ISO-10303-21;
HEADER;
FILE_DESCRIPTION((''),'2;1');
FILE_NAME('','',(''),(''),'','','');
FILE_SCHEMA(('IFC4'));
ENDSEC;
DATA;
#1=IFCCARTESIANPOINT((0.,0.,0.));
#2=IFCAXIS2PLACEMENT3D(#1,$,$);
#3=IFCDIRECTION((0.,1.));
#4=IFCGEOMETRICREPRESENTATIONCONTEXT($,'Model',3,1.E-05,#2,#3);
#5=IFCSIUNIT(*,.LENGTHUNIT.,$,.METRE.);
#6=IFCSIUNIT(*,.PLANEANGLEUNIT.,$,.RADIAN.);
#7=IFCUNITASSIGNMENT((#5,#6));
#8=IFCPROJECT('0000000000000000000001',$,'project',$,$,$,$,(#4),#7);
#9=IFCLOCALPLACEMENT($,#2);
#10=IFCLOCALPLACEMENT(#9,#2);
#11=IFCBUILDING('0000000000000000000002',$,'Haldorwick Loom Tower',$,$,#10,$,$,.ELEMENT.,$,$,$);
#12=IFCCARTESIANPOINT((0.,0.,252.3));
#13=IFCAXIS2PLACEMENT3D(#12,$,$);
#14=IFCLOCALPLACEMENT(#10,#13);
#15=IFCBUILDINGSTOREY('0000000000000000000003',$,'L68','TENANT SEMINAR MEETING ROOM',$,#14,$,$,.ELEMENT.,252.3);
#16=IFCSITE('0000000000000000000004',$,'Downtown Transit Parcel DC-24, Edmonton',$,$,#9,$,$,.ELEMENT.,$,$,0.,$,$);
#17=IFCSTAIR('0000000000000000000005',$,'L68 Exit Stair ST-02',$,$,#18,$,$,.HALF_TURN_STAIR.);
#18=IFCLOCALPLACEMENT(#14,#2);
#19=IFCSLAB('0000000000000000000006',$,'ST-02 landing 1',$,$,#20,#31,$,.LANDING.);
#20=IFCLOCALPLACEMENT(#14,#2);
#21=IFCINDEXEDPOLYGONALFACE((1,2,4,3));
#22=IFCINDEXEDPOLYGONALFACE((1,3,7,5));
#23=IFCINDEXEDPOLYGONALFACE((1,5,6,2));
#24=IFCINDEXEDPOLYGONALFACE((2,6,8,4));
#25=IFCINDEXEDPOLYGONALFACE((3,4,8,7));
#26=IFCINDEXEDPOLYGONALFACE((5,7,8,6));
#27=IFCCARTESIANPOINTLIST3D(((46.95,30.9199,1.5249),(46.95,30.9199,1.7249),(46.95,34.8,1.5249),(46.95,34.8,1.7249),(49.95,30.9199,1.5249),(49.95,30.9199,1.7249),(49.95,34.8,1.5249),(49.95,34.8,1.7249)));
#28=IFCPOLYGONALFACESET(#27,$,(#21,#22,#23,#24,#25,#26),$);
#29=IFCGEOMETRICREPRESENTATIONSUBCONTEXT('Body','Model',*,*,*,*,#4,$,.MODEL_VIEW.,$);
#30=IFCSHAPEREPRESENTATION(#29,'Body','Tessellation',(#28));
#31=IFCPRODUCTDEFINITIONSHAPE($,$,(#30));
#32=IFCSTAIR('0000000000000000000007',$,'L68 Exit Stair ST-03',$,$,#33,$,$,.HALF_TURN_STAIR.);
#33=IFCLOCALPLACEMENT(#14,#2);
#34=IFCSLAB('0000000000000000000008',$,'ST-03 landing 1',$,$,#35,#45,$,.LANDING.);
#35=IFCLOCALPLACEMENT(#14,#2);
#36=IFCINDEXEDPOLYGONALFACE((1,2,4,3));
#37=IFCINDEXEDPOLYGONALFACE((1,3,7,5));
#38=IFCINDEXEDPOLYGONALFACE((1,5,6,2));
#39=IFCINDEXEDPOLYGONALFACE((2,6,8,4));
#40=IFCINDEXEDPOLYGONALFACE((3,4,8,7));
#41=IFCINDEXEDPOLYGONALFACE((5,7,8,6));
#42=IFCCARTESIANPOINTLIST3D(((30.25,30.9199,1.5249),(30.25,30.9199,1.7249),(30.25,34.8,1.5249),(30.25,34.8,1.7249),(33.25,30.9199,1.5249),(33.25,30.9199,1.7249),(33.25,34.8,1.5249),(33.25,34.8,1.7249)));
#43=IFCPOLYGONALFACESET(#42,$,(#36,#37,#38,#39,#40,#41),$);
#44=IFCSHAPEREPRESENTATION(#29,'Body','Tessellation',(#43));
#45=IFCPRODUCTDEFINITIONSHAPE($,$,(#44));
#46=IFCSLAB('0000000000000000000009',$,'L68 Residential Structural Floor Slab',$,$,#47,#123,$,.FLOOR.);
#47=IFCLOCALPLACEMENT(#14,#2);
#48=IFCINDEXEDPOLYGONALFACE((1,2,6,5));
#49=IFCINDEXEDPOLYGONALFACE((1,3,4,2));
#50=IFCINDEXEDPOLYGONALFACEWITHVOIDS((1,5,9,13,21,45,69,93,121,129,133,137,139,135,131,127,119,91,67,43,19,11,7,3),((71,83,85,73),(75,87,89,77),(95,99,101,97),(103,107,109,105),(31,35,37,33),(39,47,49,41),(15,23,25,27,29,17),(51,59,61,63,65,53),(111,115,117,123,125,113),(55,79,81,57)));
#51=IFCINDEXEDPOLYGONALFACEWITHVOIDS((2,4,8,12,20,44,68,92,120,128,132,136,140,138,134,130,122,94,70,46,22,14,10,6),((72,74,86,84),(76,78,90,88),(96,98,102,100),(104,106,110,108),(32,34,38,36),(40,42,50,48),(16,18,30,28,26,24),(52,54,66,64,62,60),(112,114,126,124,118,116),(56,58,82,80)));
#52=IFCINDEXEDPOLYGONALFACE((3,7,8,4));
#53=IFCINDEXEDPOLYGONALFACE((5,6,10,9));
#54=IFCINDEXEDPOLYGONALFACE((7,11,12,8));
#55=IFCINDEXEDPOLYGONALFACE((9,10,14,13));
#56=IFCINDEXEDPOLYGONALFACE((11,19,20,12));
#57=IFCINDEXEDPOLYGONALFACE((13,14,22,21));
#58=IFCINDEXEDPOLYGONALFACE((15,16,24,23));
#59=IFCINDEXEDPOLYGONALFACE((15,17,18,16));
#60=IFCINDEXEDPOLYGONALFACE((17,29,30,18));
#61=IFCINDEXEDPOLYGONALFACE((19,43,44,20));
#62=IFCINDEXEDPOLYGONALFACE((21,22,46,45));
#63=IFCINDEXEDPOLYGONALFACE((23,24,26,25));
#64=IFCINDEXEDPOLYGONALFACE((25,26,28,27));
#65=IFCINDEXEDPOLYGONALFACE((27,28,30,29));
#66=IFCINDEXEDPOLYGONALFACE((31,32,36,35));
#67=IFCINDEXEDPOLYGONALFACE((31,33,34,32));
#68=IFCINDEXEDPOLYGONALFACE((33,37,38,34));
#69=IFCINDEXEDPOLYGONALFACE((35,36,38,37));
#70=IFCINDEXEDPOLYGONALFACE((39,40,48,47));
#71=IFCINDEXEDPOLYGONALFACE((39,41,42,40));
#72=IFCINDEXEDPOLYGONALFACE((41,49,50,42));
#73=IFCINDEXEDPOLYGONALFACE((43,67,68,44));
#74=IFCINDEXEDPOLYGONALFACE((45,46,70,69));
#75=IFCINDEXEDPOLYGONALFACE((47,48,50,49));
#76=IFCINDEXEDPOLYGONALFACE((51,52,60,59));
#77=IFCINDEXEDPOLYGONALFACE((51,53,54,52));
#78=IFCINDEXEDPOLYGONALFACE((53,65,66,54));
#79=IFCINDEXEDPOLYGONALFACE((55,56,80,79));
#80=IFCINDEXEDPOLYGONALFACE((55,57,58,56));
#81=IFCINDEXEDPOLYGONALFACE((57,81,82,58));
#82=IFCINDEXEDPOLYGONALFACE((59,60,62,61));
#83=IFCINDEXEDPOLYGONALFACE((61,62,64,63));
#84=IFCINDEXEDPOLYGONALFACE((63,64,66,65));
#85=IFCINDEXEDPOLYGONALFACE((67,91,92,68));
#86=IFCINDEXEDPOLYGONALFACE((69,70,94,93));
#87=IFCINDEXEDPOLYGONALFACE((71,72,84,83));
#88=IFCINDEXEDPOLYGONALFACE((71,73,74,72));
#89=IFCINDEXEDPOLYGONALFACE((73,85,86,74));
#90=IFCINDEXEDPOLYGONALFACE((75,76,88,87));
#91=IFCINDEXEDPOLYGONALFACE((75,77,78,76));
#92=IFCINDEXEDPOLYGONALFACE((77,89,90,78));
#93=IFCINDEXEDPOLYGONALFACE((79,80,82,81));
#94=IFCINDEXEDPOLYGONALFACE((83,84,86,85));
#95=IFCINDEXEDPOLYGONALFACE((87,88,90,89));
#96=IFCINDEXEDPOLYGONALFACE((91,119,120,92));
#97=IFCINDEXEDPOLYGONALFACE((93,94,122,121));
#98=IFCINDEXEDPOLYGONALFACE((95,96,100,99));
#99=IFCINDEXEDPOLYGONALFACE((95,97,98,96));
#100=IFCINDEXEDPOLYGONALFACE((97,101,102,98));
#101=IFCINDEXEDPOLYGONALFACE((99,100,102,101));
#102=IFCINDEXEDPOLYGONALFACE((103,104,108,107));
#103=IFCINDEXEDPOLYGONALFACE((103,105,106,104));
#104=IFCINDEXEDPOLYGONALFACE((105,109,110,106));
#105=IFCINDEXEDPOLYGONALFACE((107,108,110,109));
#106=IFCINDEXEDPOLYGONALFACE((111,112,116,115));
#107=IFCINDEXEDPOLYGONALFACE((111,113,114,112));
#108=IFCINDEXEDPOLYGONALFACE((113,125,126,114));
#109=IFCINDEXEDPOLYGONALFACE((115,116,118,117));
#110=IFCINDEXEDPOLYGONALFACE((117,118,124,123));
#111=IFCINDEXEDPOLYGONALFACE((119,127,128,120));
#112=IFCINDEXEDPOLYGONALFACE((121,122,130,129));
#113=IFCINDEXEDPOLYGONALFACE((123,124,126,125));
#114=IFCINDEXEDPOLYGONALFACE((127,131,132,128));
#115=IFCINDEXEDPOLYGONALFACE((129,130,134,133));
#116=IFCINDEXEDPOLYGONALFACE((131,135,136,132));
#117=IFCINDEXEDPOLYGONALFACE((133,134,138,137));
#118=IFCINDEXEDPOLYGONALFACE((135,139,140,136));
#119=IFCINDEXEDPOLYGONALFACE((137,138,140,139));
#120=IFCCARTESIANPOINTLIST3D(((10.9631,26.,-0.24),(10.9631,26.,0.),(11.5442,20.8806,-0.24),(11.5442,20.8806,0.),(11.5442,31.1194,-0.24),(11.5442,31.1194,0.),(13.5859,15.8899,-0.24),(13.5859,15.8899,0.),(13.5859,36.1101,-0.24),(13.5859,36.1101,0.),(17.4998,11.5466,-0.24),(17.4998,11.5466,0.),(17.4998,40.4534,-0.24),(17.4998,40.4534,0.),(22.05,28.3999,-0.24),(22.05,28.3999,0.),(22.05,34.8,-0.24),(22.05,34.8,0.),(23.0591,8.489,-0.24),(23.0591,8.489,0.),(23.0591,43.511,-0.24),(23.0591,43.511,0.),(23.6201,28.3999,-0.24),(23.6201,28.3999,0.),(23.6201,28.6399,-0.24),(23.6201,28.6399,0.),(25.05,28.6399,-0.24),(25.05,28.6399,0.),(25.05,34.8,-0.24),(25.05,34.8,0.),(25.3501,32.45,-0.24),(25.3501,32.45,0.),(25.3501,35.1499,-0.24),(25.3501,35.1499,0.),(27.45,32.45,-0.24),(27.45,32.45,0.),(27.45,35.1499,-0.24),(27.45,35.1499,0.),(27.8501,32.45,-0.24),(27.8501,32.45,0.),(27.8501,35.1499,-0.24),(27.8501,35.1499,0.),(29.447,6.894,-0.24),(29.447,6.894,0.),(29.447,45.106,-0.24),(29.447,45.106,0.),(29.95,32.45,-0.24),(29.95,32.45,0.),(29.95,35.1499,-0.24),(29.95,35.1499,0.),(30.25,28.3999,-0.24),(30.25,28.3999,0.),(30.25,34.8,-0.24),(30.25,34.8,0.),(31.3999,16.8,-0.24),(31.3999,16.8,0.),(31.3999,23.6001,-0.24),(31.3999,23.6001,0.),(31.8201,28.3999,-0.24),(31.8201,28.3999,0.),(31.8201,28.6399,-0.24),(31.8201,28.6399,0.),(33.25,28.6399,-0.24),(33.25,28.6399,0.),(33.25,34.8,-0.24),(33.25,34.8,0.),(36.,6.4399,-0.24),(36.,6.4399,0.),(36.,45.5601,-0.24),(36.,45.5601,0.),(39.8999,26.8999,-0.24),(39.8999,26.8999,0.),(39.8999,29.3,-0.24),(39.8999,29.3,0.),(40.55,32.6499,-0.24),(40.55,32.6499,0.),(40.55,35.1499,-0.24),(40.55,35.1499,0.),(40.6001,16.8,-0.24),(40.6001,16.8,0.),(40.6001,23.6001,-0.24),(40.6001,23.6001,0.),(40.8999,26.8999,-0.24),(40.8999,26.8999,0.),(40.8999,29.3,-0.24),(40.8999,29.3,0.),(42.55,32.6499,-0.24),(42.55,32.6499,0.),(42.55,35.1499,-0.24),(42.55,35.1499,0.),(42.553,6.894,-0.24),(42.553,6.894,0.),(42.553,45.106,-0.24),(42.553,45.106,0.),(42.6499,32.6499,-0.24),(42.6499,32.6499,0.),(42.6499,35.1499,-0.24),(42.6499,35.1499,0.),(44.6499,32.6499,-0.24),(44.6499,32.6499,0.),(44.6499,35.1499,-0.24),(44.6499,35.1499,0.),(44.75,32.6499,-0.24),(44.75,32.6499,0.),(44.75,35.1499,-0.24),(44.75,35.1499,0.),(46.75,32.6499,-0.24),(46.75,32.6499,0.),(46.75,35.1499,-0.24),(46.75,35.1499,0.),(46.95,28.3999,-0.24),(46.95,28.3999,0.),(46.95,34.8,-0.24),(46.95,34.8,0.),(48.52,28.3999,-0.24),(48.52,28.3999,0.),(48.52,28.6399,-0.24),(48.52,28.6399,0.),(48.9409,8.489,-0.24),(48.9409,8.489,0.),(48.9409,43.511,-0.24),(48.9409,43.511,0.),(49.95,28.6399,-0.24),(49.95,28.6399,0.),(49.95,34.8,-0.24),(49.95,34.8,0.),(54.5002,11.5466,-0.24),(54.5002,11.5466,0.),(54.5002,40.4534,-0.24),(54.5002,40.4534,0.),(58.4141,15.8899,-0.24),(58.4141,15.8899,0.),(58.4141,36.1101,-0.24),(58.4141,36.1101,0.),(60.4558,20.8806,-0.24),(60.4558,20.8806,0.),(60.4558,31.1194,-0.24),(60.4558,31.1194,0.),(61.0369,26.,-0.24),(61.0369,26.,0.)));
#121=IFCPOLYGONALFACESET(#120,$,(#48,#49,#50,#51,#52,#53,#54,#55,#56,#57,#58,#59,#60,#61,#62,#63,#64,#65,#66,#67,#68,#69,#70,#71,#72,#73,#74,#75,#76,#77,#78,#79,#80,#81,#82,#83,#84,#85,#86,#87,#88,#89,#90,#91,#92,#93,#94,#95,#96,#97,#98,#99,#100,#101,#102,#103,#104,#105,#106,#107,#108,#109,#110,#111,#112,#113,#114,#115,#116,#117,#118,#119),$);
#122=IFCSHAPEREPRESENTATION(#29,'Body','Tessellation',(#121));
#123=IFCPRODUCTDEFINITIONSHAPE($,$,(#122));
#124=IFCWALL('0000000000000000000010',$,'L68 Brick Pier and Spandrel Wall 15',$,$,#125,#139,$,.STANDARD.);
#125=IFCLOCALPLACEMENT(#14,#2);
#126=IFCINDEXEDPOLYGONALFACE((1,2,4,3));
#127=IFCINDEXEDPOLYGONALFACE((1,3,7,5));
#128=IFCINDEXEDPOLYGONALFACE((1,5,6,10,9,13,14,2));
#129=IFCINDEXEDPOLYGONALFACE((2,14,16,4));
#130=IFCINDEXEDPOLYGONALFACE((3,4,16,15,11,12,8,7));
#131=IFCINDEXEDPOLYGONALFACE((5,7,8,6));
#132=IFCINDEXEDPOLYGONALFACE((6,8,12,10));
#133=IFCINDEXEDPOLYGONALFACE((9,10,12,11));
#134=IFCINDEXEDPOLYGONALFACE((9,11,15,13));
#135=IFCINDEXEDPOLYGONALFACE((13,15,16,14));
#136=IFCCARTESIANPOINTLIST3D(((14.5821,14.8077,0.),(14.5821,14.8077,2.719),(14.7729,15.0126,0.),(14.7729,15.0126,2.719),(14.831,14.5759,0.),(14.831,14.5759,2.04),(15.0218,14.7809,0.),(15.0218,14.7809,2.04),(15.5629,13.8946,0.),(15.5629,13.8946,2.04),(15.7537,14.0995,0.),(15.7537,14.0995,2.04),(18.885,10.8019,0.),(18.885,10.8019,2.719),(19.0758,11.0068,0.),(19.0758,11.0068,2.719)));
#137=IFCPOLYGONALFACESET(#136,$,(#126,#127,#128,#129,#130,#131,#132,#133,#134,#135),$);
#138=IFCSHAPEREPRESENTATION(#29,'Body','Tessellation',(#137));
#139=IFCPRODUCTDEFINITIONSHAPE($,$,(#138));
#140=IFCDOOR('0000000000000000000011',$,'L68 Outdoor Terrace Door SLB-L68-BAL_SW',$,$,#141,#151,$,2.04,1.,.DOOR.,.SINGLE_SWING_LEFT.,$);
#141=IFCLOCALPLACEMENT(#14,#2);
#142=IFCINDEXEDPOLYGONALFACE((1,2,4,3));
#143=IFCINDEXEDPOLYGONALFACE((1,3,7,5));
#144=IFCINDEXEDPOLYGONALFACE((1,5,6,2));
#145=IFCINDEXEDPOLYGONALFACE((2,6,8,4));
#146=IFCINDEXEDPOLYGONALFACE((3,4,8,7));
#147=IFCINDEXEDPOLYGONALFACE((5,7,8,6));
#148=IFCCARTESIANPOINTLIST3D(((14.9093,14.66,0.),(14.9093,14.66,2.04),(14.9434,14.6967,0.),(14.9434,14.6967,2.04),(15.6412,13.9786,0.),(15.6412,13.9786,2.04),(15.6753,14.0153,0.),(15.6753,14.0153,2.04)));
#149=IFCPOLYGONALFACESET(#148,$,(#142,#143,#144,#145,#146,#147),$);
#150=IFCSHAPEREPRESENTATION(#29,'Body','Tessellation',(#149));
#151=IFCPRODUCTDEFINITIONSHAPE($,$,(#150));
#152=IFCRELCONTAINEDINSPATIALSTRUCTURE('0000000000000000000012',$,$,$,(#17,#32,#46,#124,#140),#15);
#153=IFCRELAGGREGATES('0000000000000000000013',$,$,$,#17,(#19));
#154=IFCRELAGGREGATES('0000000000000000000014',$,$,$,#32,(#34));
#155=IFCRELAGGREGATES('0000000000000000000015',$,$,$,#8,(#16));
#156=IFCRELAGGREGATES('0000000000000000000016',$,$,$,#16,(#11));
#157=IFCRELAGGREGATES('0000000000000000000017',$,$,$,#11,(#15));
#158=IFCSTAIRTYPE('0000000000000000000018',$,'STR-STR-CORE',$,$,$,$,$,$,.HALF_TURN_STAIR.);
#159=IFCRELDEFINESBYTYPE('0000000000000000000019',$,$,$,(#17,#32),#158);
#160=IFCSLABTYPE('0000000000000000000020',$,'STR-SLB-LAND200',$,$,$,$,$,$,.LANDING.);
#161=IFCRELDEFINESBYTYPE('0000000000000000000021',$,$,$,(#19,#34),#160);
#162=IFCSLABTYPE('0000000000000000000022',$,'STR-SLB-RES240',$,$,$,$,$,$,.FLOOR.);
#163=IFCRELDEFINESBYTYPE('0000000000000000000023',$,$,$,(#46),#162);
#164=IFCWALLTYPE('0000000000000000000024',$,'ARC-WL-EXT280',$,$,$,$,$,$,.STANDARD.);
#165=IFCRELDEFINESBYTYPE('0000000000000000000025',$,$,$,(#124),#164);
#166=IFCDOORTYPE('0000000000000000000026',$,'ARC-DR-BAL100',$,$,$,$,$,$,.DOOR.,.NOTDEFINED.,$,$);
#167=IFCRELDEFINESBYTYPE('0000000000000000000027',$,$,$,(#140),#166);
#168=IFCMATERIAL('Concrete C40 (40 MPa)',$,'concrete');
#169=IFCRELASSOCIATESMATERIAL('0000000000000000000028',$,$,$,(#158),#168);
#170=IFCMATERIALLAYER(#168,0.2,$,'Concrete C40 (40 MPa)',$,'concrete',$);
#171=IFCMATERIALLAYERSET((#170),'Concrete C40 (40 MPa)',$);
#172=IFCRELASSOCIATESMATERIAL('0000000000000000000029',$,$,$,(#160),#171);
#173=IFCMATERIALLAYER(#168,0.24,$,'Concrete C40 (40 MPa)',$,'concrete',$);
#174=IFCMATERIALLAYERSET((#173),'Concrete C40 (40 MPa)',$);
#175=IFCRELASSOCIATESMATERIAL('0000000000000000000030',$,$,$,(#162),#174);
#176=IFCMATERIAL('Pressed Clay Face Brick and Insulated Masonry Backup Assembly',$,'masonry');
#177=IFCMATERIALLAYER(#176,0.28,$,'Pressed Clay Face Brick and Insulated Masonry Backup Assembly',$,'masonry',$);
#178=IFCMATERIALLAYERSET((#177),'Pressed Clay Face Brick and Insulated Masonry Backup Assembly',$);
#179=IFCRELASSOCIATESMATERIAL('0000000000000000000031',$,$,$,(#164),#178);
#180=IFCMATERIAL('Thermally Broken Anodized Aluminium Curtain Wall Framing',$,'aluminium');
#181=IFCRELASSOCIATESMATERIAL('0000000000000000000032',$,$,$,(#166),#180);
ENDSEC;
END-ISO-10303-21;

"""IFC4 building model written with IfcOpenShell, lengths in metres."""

from ifc_helpers import new_model, si_unit, direction, frame, frame_2d, origin, place, context, subcontext, project, spatial, polyline, rectangle, outline, extrude, material, layer, layer_set, type_object, element, fill, aggregate, save


model = new_model("IFC4")

# Units and contexts
model_context = context("Model", 3, precision=1e-05, world=origin(), true_north=direction((0.0, 1.0)))
body_context = subcontext(model_context, "Body", "Model", "MODEL_VIEW")
ifc_project = project(units=[si_unit("LENGTHUNIT", "METRE"), si_unit("PLANEANGLEUNIT", "RADIAN")], contexts=[model_context])

# Site, building, storey
site_placement = place(None, origin())
site = spatial("IfcSite", under=ifc_project, at=site_placement, Name="Downtown Transit Parcel DC-24, Edmonton", CompositionType="ELEMENT", RefElevation=0.0)
building_placement = place(site_placement, origin())
building = spatial("IfcBuilding", under=site, at=building_placement, Name="Haldorwick Loom Tower", CompositionType="ELEMENT")
storey_placement = place(building_placement, frame((0.0, 0.0, 252.3)))
storey = spatial("IfcBuildingStorey", under=building, at=storey_placement, Name="L68", Description="TENANT SEMINAR MEETING ROOM", CompositionType="ELEMENT", Elevation=252.3)

# Shared definitions
ifc_material_1 = material(Name="Concrete C40 (40 MPa)", Category="concrete")

# Stairs, slabs
stair_type = type_object("IfcStairType", Name="STR-STR-CORE", PredefinedType="HALF_TURN_STAIR", material=ifc_material_1)
ifc_layer_1 = layer(ifc_material_1, 0.2, Name="Concrete C40 (40 MPa)", Category="concrete")
ifc_layer_set_1 = layer_set([ifc_layer_1], Name="Concrete C40 (40 MPa)")
slab_type_1 = type_object("IfcSlabType", Name="STR-SLB-LAND200", PredefinedType="LANDING", material=ifc_layer_set_1)
stair_1_placement = place(storey_placement, origin())
stair_1 = element("IfcStair", 1, at=stair_1_placement, inside=storey, type_object=stair_type, Name="L68 Exit Stair ST-02", PredefinedType="HALF_TURN_STAIR")
slab_1_placement = place(storey_placement, frame((0.0, 0.0, 1.5249)))
slab_1 = element("IfcSlab", 2, at=slab_1_placement, type_object=slab_type_1, Name="ST-02 landing 1", PredefinedType="LANDING", context=body_context, shape_type="SweptSolid", body=[
    extrude(outline(polyline([(49.95, 30.9199), (49.95, 34.8), (46.95, 34.8), (46.95, 30.9199), (49.95, 30.9199)])), origin(), (0.0, 0.0, 1.0), 0.2),
])
aggregate(stair_1, [slab_1])
stair_2_placement = place(storey_placement, origin())
stair_2 = element("IfcStair", 3, at=stair_2_placement, inside=storey, type_object=stair_type, Name="L68 Exit Stair ST-03", PredefinedType="HALF_TURN_STAIR")
slab_2_placement = place(storey_placement, frame((0.0, 0.0, 1.5249)))
slab_2 = element("IfcSlab", 4, at=slab_2_placement, type_object=slab_type_1, Name="ST-03 landing 1", PredefinedType="LANDING", context=body_context, shape_type="SweptSolid", body=[
    extrude(outline(polyline([(33.25, 30.9199), (33.25, 34.8), (30.25, 34.8), (30.25, 30.9199), (33.25, 30.9199)])), origin(), (0.0, 0.0, 1.0), 0.2),
])
aggregate(stair_2, [slab_2])

# Slab
ifc_layer_2 = layer(ifc_material_1, 0.24, Name="Concrete C40 (40 MPa)", Category="concrete")
ifc_layer_set_2 = layer_set([ifc_layer_2], Name="Concrete C40 (40 MPa)")
slab_type_2 = type_object("IfcSlabType", Name="STR-SLB-RES240", PredefinedType="FLOOR", material=ifc_layer_set_2)
slab_3_placement = place(storey_placement, frame((0.0, 0.0, -0.24)))
element("IfcSlab", 5, at=slab_3_placement, inside=storey, type_object=slab_type_2, Name="L68 Residential Structural Floor Slab", PredefinedType="FLOOR", context=body_context, shape_type="SweptSolid", body=[
    extrude(outline(polyline([(54.5002, 11.5466), (58.4141, 15.8899), (60.4558, 20.8806), (61.0369, 26.0), (60.4558, 31.1194), (58.4141, 36.1101), (54.5002, 40.4534), (48.9409, 43.511), (42.553, 45.106), (36.0, 45.5601), (29.447, 45.106), (23.0591, 43.511), (17.4998, 40.4534), (13.5859, 36.1101), (11.5442, 31.1194), (10.9631, 26.0), (11.5442, 20.8806), (13.5859, 15.8899), (17.4998, 11.5466), (23.0591, 8.489), (29.447, 6.894), (36.0, 6.4399), (42.553, 6.894), (48.9409, 8.489), (54.5002, 11.5466)]), holes=[polyline([(31.3999, 16.8), (31.3999, 23.6001), (40.6001, 23.6001), (40.6001, 16.8), (31.3999, 16.8)]), polyline([(40.8999, 26.8999), (39.8999, 26.8999), (39.8999, 29.3), (40.8999, 29.3), (40.8999, 26.8999)]), polyline([(23.6201, 28.3999), (22.05, 28.3999), (22.05, 34.8), (25.05, 34.8), (25.05, 28.6399), (23.6201, 28.6399), (23.6201, 28.3999)]), polyline([(30.25, 28.3999), (30.25, 34.8), (33.25, 34.8), (33.25, 28.6399), (31.8201, 28.6399), (31.8201, 28.3999), (30.25, 28.3999)]), polyline([(46.95, 28.3999), (46.95, 34.8), (49.95, 34.8), (49.95, 28.6399), (48.52, 28.6399), (48.52, 28.3999), (46.95, 28.3999)]), polyline([(27.45, 32.45), (25.3501, 32.45), (25.3501, 35.1499), (27.45, 35.1499), (27.45, 32.45)]), polyline([(29.95, 32.45), (27.8501, 32.45), (27.8501, 35.1499), (29.95, 35.1499), (29.95, 32.45)]), polyline([(42.55, 32.6499), (40.55, 32.6499), (40.55, 35.1499), (42.55, 35.1499), (42.55, 32.6499)]), polyline([(42.6499, 32.6499), (42.6499, 35.1499), (44.6499, 35.1499), (44.6499, 32.6499), (42.6499, 32.6499)]), polyline([(44.75, 32.6499), (44.75, 35.1499), (46.75, 35.1499), (46.75, 32.6499), (44.75, 32.6499)])]), origin(), (0.0, 0.0, 1.0), 0.24),
])

# Wall, opening, door
ifc_material_2 = material(Name="Pressed Clay Face Brick and Insulated Masonry Backup Assembly", Category="masonry")
ifc_layer_3 = layer(ifc_material_2, 0.28, Name="Pressed Clay Face Brick and Insulated Masonry Backup Assembly", Category="masonry")
ifc_layer_set_3 = layer_set([ifc_layer_3], Name="Pressed Clay Face Brick and Insulated Masonry Backup Assembly")
wall_type = type_object("IfcWallType", Name="ARC-WL-EXT280", PredefinedType="STANDARD", material=ifc_layer_set_3)
wall_1_placement = place(storey_placement, frame((14.6775, 14.9102, 0.0), z_axis=(0.0, 0.0, 1.0), x_axis=(0.731925, -0.681386, 0.0)))
wall_1 = element("IfcWall", 6, at=wall_1_placement, inside=storey, type_object=wall_type, Name="L68 Brick Pier and Spandrel Wall 15", PredefinedType="STANDARD", context=body_context, shape_type="SweptSolid", body=[
    extrude(rectangle(XDim=5.8789, YDim=0.28, at=frame_2d((2.9395, 0.0))), origin(), (0.0, 0.0, 1.0), 2.719),
])
opening_1_placement = place(wall_1_placement, frame((0.3401, 0.0, 0.0)))
opening_1 = element("IfcOpeningElement", 7, at=opening_1_placement, cuts=wall_1, PredefinedType="OPENING", context=body_context, shape_type="SweptSolid", body=[
    extrude(rectangle(XDim=1.0, YDim=2.04, at=frame_2d((0.5, 1.02))), frame((0.0, 0.1499, 0.0), z_axis=(0.0, -1.0, 0.0), x_axis=(1.0, 0.0, 0.0)), (0.0, 0.0, 1.0), 0.3),
])
ifc_material_3 = material(Name="Thermally Broken Anodized Aluminium Curtain Wall Framing", Category="aluminium")
door_type = type_object("IfcDoorType", Name="ARC-DR-BAL100", OperationType="NOTDEFINED", PredefinedType="DOOR", material=ifc_material_3)
door_placement = place(opening_1_placement, origin())
door = element("IfcDoor", 8, at=door_placement, inside=storey, type_object=door_type, Name="L68 Outdoor Terrace Door SLB-L68-BAL_SW", OperationType="SINGLE_SWING_LEFT", OverallHeight=2.04, OverallWidth=1.0, PredefinedType="DOOR", context=body_context, shape_type="SweptSolid", body=[
    extrude(rectangle(XDim=1.0, YDim=2.04, at=frame_2d((0.5, 1.02))), frame((0.0, 0.0249, 0.0), z_axis=(0.0, -1.0, 0.0), x_axis=(1.0, 0.0, 0.0)), (0.0, 0.0, 1.0), 0.05),
])
fill(opening_1, door)

save(model, "model.ifc")
